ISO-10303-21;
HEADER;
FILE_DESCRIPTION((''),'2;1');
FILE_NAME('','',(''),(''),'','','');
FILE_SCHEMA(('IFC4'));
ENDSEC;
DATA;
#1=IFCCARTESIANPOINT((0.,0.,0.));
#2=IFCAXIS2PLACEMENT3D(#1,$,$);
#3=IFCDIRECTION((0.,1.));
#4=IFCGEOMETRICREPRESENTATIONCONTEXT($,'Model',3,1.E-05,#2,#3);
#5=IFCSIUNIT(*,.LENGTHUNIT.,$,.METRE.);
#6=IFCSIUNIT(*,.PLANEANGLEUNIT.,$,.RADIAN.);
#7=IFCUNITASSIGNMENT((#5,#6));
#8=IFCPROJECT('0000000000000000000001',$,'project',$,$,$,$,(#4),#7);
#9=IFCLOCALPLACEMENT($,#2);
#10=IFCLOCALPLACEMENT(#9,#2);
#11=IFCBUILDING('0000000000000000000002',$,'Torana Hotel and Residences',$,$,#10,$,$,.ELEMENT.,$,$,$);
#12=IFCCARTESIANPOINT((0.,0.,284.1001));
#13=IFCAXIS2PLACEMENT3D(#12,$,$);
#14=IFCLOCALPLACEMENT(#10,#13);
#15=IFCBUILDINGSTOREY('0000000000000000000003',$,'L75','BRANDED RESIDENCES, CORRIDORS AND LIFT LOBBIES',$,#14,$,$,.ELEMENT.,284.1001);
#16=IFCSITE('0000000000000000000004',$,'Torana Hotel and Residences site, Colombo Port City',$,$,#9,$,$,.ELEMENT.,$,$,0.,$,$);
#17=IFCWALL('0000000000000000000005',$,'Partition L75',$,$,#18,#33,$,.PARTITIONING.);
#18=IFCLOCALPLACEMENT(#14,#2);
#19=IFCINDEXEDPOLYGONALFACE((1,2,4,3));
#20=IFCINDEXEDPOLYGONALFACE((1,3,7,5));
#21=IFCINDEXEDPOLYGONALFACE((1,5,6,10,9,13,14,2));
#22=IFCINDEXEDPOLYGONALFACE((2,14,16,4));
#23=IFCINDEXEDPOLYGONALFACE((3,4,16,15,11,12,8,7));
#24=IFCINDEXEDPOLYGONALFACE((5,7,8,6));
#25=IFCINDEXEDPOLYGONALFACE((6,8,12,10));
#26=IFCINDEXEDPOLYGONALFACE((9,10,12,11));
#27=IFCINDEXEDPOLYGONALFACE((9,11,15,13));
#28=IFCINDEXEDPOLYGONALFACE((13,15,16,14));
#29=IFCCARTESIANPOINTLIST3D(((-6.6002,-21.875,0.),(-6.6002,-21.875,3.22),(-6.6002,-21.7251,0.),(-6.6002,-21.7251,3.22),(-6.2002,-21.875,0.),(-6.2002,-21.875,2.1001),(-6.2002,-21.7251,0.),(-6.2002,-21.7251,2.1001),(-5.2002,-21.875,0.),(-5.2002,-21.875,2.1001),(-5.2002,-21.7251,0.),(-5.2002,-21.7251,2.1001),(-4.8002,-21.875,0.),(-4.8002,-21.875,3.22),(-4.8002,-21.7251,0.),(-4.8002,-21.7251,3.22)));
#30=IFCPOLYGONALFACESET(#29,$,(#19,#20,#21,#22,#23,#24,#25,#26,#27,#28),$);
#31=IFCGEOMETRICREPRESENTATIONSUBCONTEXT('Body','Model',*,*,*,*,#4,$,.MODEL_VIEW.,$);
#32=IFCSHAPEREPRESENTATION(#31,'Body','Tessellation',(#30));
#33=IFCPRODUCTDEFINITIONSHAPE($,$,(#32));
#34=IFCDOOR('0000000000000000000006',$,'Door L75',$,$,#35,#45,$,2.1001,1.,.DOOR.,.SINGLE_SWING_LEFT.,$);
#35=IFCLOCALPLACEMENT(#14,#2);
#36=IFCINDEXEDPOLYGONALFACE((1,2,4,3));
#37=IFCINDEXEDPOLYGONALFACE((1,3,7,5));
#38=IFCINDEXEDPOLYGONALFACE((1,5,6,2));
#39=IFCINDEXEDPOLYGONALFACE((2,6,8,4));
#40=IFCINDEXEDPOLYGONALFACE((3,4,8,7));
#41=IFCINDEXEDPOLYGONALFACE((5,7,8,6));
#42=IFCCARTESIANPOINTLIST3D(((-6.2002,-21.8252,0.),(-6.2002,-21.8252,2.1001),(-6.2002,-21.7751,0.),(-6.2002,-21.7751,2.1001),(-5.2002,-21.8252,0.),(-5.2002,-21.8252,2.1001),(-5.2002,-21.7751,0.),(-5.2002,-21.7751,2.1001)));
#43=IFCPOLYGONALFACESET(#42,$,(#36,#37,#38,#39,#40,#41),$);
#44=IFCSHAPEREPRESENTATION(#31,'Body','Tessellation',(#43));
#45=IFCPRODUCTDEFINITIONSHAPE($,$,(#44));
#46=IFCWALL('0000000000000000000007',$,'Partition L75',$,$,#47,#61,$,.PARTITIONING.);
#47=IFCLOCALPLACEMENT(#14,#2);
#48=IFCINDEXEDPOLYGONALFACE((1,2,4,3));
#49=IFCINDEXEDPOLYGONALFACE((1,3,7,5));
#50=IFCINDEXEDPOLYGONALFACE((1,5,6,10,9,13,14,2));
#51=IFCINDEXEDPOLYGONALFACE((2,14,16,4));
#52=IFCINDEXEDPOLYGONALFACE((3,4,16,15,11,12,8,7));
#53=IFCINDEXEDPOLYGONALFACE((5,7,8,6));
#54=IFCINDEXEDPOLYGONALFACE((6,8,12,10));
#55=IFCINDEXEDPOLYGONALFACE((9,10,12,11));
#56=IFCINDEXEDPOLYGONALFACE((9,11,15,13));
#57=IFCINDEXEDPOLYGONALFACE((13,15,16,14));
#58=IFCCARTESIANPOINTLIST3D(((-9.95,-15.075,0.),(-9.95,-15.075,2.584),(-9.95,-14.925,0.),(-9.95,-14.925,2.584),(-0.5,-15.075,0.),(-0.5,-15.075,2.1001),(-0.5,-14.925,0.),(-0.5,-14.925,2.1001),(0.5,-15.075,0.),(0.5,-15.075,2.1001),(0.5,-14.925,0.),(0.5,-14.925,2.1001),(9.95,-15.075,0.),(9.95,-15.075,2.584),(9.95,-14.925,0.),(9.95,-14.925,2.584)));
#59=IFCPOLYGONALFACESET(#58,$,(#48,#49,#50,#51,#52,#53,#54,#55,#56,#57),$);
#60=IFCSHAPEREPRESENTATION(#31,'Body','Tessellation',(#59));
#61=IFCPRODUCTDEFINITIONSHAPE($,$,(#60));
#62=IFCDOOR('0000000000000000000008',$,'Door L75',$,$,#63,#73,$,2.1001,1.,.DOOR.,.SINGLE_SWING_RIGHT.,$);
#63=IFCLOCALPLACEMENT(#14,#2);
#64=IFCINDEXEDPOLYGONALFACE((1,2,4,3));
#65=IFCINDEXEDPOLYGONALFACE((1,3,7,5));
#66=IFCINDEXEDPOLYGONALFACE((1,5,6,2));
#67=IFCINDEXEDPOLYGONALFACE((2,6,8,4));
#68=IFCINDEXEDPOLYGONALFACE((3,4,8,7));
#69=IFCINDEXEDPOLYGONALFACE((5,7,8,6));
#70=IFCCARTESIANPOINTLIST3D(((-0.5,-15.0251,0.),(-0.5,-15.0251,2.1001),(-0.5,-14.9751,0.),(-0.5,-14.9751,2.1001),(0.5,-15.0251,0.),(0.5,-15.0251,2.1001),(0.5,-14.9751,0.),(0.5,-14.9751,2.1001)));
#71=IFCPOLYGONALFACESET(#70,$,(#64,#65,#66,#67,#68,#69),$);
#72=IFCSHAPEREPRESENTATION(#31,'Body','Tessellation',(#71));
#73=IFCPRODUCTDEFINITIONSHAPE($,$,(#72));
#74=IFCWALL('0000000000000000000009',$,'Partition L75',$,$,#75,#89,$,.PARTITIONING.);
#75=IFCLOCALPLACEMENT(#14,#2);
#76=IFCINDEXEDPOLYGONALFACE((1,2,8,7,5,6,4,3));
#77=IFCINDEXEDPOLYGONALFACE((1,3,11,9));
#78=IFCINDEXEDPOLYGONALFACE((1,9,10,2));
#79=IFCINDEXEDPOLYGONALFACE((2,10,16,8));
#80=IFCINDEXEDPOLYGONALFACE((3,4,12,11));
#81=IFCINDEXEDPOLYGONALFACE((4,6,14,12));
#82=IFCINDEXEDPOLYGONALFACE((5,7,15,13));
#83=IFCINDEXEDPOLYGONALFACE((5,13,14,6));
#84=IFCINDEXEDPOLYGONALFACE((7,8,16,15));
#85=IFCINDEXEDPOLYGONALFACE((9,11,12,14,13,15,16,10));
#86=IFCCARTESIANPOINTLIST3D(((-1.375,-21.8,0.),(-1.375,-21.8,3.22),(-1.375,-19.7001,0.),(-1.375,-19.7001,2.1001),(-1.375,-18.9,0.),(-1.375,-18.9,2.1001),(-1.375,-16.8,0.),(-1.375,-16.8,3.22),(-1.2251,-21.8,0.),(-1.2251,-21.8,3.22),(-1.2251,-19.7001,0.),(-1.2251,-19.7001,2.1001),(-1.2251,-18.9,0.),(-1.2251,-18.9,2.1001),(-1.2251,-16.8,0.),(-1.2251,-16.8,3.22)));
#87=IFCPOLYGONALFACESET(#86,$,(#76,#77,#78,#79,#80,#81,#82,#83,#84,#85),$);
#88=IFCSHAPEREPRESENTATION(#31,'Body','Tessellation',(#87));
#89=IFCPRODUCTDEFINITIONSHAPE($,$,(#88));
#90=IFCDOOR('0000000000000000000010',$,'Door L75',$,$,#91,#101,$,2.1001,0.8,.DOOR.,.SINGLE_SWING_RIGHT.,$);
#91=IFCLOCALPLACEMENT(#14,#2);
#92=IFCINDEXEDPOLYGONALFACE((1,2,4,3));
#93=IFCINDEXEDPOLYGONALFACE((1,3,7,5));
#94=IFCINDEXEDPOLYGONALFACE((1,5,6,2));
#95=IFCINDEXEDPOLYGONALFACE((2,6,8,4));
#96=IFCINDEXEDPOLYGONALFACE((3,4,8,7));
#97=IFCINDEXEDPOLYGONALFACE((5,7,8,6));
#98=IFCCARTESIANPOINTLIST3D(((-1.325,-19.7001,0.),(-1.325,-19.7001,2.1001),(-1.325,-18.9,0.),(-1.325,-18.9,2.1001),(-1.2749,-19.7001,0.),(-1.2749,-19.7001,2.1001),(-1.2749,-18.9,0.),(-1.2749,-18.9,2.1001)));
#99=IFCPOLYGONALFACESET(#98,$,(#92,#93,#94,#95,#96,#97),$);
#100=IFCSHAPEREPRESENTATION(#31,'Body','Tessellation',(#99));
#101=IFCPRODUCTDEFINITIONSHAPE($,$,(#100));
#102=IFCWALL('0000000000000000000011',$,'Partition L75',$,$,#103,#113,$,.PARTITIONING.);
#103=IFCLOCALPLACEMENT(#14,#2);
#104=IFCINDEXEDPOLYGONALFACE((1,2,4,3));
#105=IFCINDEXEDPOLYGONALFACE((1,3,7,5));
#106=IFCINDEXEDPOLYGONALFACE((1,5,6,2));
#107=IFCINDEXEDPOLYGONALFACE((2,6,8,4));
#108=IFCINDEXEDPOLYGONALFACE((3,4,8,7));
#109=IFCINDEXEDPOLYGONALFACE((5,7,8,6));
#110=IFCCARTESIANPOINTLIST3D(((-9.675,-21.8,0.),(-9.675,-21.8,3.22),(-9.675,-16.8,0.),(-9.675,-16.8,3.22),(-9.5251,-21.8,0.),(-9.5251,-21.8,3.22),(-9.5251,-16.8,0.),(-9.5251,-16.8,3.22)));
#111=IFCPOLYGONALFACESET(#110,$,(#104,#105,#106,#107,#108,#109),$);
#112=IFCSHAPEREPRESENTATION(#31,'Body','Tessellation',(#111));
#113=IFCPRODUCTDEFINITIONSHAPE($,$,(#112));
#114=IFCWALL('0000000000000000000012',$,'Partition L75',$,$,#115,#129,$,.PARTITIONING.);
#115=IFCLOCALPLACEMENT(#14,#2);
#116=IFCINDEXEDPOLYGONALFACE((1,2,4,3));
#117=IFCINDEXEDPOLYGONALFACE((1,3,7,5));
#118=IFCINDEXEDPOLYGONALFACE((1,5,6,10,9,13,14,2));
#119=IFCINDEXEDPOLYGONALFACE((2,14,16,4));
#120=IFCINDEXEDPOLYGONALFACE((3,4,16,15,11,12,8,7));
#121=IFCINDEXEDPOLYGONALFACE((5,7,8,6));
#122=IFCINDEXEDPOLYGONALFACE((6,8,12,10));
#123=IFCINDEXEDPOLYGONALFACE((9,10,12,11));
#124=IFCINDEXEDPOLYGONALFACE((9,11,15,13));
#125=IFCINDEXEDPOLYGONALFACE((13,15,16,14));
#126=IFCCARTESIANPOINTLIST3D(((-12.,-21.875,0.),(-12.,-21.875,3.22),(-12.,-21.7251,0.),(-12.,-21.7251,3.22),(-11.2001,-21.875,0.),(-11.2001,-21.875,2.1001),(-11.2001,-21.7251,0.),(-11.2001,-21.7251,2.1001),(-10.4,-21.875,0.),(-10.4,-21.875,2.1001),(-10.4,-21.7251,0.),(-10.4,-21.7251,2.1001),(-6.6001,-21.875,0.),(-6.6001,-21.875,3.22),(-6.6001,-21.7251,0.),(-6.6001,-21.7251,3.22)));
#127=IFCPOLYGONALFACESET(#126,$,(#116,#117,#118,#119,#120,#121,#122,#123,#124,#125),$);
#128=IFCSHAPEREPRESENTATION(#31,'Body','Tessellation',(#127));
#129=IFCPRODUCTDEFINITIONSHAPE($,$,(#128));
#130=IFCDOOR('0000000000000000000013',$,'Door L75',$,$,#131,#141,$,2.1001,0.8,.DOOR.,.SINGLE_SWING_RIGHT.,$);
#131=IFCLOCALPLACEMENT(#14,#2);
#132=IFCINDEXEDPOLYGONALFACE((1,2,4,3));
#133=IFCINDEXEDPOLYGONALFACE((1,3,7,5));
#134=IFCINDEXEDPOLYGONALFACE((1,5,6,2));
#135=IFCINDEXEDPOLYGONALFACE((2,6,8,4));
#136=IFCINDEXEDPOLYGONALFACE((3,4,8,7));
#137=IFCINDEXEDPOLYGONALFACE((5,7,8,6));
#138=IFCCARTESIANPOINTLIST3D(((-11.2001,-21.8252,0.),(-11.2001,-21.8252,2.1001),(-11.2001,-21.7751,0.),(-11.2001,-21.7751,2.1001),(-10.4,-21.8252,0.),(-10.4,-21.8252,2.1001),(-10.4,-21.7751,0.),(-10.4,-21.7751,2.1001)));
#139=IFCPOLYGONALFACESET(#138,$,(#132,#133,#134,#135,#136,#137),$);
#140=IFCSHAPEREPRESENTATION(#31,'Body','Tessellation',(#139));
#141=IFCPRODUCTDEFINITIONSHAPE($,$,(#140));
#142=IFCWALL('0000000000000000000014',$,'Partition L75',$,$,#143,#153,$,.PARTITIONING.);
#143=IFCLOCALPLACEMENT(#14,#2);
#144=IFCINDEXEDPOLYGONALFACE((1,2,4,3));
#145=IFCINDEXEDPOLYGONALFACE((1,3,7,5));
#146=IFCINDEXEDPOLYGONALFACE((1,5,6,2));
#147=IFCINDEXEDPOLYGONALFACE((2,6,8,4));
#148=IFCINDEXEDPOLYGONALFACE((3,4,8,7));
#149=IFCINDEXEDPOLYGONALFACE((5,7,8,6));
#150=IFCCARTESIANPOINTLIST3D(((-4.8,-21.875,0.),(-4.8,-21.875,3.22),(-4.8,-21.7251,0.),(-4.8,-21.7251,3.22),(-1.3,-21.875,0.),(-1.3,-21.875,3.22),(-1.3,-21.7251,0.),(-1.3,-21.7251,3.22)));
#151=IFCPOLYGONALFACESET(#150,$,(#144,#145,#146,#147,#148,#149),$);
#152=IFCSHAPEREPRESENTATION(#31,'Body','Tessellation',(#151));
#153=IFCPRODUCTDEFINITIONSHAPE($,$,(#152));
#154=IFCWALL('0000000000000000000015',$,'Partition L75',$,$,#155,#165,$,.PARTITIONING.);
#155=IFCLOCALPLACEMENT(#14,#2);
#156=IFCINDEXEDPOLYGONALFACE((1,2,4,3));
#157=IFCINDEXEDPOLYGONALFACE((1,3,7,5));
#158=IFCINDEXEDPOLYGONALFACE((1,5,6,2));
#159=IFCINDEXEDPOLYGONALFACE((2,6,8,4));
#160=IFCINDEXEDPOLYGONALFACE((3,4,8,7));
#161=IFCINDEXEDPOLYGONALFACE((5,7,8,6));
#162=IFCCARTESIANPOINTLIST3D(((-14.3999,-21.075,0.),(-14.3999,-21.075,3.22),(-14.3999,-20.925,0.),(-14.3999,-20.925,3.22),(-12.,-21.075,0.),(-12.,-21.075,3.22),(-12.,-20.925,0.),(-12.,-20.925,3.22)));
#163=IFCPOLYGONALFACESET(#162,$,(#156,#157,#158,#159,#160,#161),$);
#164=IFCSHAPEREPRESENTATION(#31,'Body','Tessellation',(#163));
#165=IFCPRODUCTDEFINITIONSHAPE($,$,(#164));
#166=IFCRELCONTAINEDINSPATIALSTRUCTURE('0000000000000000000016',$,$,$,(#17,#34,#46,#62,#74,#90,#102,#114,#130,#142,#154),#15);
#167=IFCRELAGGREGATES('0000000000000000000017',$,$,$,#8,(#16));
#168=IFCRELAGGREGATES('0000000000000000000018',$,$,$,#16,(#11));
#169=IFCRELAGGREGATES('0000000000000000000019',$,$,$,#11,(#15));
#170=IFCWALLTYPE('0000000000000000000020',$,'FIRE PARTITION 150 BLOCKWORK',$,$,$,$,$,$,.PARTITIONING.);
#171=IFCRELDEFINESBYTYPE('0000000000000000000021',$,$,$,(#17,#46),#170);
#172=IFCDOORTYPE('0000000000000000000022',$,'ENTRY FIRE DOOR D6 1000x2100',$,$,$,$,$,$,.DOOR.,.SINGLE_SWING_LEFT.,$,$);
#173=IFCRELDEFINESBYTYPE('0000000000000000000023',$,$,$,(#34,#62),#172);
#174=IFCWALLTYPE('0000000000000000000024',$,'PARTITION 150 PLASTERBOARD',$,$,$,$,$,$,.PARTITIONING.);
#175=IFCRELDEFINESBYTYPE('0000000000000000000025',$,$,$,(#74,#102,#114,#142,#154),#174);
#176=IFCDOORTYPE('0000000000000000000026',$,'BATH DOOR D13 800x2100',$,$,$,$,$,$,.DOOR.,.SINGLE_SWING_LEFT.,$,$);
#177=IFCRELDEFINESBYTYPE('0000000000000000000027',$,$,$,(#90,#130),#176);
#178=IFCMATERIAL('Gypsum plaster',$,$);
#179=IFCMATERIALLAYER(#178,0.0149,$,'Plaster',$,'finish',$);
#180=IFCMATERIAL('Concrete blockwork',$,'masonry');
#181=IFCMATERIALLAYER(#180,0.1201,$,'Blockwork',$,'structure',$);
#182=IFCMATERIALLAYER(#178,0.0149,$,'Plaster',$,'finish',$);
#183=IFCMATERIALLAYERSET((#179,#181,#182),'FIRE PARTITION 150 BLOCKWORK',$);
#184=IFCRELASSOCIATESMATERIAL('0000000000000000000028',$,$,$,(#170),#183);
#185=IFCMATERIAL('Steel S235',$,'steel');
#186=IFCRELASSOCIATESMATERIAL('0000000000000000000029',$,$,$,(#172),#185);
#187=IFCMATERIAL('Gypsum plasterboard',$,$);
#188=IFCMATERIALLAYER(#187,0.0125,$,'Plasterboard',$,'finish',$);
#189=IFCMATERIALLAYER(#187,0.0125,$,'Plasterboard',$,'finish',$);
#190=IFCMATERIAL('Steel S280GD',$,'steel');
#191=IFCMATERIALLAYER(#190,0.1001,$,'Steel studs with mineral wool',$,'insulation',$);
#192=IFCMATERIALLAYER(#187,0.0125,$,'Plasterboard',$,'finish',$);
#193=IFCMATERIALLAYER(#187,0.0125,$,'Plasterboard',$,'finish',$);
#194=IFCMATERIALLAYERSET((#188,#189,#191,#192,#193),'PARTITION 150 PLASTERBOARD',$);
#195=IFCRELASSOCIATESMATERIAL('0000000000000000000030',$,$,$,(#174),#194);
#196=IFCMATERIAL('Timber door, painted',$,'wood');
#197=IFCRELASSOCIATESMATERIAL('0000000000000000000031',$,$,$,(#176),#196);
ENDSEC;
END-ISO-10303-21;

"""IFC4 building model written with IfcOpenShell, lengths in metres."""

from ifc_helpers import new_model, si_unit, direction, frame, frame_2d, origin, place, context, subcontext, project, spatial, rectangle, extrude, material, layer, layer_set, type_object, element, fill, save


model = new_model("IFC4")

# Units and contexts
model_context = context("Model", 3, precision=1e-05, world=origin(), true_north=direction((0.0, 1.0)))
body_context = subcontext(model_context, "Body", "Model", "MODEL_VIEW")
ifc_project = project(units=[si_unit("LENGTHUNIT", "METRE"), si_unit("PLANEANGLEUNIT", "RADIAN")], contexts=[model_context])

# Site, building, storey
site_placement = place(None, origin())
site = spatial("IfcSite", under=ifc_project, at=site_placement, Name="Torana Hotel and Residences site, Colombo Port City", CompositionType="ELEMENT", RefElevation=0.0)
building_placement = place(site_placement, origin())
building = spatial("IfcBuilding", under=site, at=building_placement, Name="Torana Hotel and Residences", CompositionType="ELEMENT")
storey_placement = place(building_placement, frame((0.0, 0.0, 284.1001)))
storey = spatial("IfcBuildingStorey", under=building, at=storey_placement, Name="L75", Description="BRANDED RESIDENCES, CORRIDORS AND LIFT LOBBIES", CompositionType="ELEMENT", Elevation=284.1001)

# Shared definitions
ifc_material_1 = material(Name="Gypsum plaster")
ifc_layer_1 = layer(ifc_material_1, 0.0149, Name="Plaster", Category="finish")
ifc_material_2 = material(Name="Concrete blockwork", Category="masonry")
ifc_layer_2 = layer(ifc_material_2, 0.1201, Name="Blockwork", Category="structure")
ifc_layer_3 = layer(ifc_material_1, 0.0149, Name="Plaster", Category="finish")
ifc_layer_set_1 = layer_set([ifc_layer_1, ifc_layer_2, ifc_layer_3], Name="FIRE PARTITION 150 BLOCKWORK")
wall_type_1 = type_object("IfcWallType", Name="FIRE PARTITION 150 BLOCKWORK", PredefinedType="PARTITIONING", material=ifc_layer_set_1)

# Walls, openings, doors
ifc_material_3 = material(Name="Steel S235", Category="steel")
door_type_1 = type_object("IfcDoorType", Name="ENTRY FIRE DOOR D6 1000x2100", OperationType="SINGLE_SWING_LEFT", PredefinedType="DOOR", material=ifc_material_3)
wall_1_placement = place(storey_placement, frame((-6.6001, -21.8, 0.0), z_axis=(0.0, 0.0, 1.0), x_axis=(1.0, 0.0, 0.0)))
wall_1 = element("IfcWall", 1, at=wall_1_placement, inside=storey, type_object=wall_type_1, Name="Partition L75", PredefinedType="PARTITIONING", context=body_context, shape_type="SweptSolid", body=[
    extrude(rectangle(XDim=1.8, YDim=0.1499, at=frame_2d((0.8999, 0.0))), origin(), (0.0, 0.0, 1.0), 3.22),
])
opening_1_placement = place(wall_1_placement, frame((0.3999, 0.0, 0.0)))
opening_1 = element("IfcOpeningElement", 2, at=opening_1_placement, cuts=wall_1, PredefinedType="OPENING", context=body_context, shape_type="SweptSolid", body=[
    extrude(rectangle(XDim=1.0, YDim=2.1001, at=frame_2d((0.5, 1.05))), frame((0.0, 0.085, 0.0), z_axis=(0.0, -1.0, 0.0), x_axis=(1.0, 0.0, 0.0)), (0.0, 0.0, 1.0), 0.1699),
])
door_1_placement = place(opening_1_placement, frame((0.5, 0.0, 0.0), z_axis=(0.0, 0.0, 1.0), x_axis=(-1.0, 0.0, 0.0)))
door_1 = element("IfcDoor", 3, at=door_1_placement, inside=storey, type_object=door_type_1, Name="Door L75", OperationType="SINGLE_SWING_LEFT", OverallHeight=2.1001, OverallWidth=1.0, PredefinedType="DOOR", context=body_context, shape_type="SweptSolid", body=[
    extrude(rectangle(XDim=1.0, YDim=2.1001, at=frame_2d((0.0, 1.05))), frame((0.0, -0.0249, 0.0), z_axis=(0.0, 1.0, 0.0), x_axis=(-1.0, 0.0, 0.0)), (0.0, 0.0, 1.0), 0.05),
])
fill(opening_1, door_1)
wall_2_placement = place(storey_placement, frame((-9.95, -15.0, 0.0), z_axis=(0.0, 0.0, 1.0), x_axis=(1.0, 0.0, 0.0)))
wall_2 = element("IfcWall", 4, at=wall_2_placement, inside=storey, type_object=wall_type_1, Name="Partition L75", PredefinedType="PARTITIONING", context=body_context, shape_type="SweptSolid", body=[
    extrude(rectangle(XDim=19.8999, YDim=0.1499, at=frame_2d((9.95, 0.0))), origin(), (0.0, 0.0, 1.0), 2.584),
])
opening_2_placement = place(wall_2_placement, frame((9.45, 0.0, 0.0)))
opening_2 = element("IfcOpeningElement", 5, at=opening_2_placement, cuts=wall_2, PredefinedType="OPENING", context=body_context, shape_type="SweptSolid", body=[
    extrude(rectangle(XDim=1.0, YDim=2.1001, at=frame_2d((0.5, 1.05))), frame((0.0, 0.085, 0.0), z_axis=(0.0, -1.0, 0.0), x_axis=(1.0, 0.0, 0.0)), (0.0, 0.0, 1.0), 0.1699),
])
door_2_placement = place(opening_2_placement, origin())
door_2 = element("IfcDoor", 6, at=door_2_placement, inside=storey, type_object=door_type_1, Name="Door L75", OperationType="SINGLE_SWING_RIGHT", OverallHeight=2.1001, OverallWidth=1.0, PredefinedType="DOOR", context=body_context, shape_type="SweptSolid", body=[
    extrude(rectangle(XDim=1.0, YDim=2.1001, at=frame_2d((0.5, 1.05))), frame((0.0, 0.0249, 0.0), z_axis=(0.0, -1.0, 0.0), x_axis=(1.0, 0.0, 0.0)), (0.0, 0.0, 1.0), 0.05),
])
fill(opening_2, door_2)
ifc_material_4 = material(Name="Gypsum plasterboard")
ifc_layer_4 = layer(ifc_material_4, 0.0125, Name="Plasterboard", Category="finish")
ifc_layer_5 = layer(ifc_material_4, 0.0125, Name="Plasterboard", Category="finish")
ifc_material_5 = material(Name="Steel S280GD", Category="steel")
ifc_layer_6 = layer(ifc_material_5, 0.1001, Name="Steel studs with mineral wool", Category="insulation")
ifc_layer_7 = layer(ifc_material_4, 0.0125, Name="Plasterboard", Category="finish")
ifc_layer_8 = layer(ifc_material_4, 0.0125, Name="Plasterboard", Category="finish")
ifc_layer_set_2 = layer_set([ifc_layer_4, ifc_layer_5, ifc_layer_6, ifc_layer_7, ifc_layer_8], Name="PARTITION 150 PLASTERBOARD")
wall_type_2 = type_object("IfcWallType", Name="PARTITION 150 PLASTERBOARD", PredefinedType="PARTITIONING", material=ifc_layer_set_2)
wall_3_placement = place(storey_placement, frame((-1.3, -21.8, 0.0), z_axis=(0.0, 0.0, 1.0), x_axis=(0.0, 1.0, 0.0)))
wall_3 = element("IfcWall", 7, at=wall_3_placement, inside=storey, type_object=wall_type_2, Name="Partition L75", PredefinedType="PARTITIONING", context=body_context, shape_type="SweptSolid", body=[
    extrude(rectangle(XDim=5.0, YDim=0.1499, at=frame_2d((2.5, 0.0))), origin(), (0.0, 0.0, 1.0), 3.22),
])
opening_3_placement = place(wall_3_placement, frame((2.1001, 0.0, 0.0)))
opening_3 = element("IfcOpeningElement", 8, at=opening_3_placement, cuts=wall_3, PredefinedType="OPENING", context=body_context, shape_type="SweptSolid", body=[
    extrude(rectangle(XDim=0.8, YDim=2.1001, at=frame_2d((0.3999, 1.05))), frame((0.0, 0.085, 0.0), z_axis=(0.0, -1.0, 0.0), x_axis=(1.0, 0.0, 0.0)), (0.0, 0.0, 1.0), 0.1699),
])
ifc_material_6 = material(Name="Timber door, painted", Category="wood")
door_type_2 = type_object("IfcDoorType", Name="BATH DOOR D13 800x2100", OperationType="SINGLE_SWING_LEFT", PredefinedType="DOOR", material=ifc_material_6)
door_3_placement = place(opening_3_placement, origin())
door_3 = element("IfcDoor", 9, at=door_3_placement, inside=storey, type_object=door_type_2, Name="Door L75", OperationType="SINGLE_SWING_RIGHT", OverallHeight=2.1001, OverallWidth=0.8, PredefinedType="DOOR", context=body_context, shape_type="SweptSolid", body=[
    extrude(rectangle(XDim=0.8, YDim=2.1001, at=frame_2d((0.3999, 1.05))), frame((0.0, 0.0249, 0.0), z_axis=(0.0, -1.0, 0.0), x_axis=(1.0, 0.0, 0.0)), (0.0, 0.0, 1.0), 0.05),
])
fill(opening_3, door_3)

# Wall
wall_4_placement = place(storey_placement, frame((-9.6001, -21.8, 0.0), z_axis=(0.0, 0.0, 1.0), x_axis=(0.0, 1.0, 0.0)))
element("IfcWall", 10, at=wall_4_placement, inside=storey, type_object=wall_type_2, Name="Partition L75", PredefinedType="PARTITIONING", context=body_context, shape_type="SweptSolid", body=[
    extrude(rectangle(XDim=5.0, YDim=0.1499, at=frame_2d((2.5, 0.0))), origin(), (0.0, 0.0, 1.0), 3.22),
])

# Wall, opening, door
wall_5_placement = place(storey_placement, frame((-12.0, -21.8, 0.0), z_axis=(0.0, 0.0, 1.0), x_axis=(1.0, 0.0, 0.0)))
wall_5 = element("IfcWall", 11, at=wall_5_placement, inside=storey, type_object=wall_type_2, Name="Partition L75", PredefinedType="PARTITIONING", context=body_context, shape_type="SweptSolid", body=[
    extrude(rectangle(XDim=5.3999, YDim=0.1499, at=frame_2d((2.7, 0.0))), origin(), (0.0, 0.0, 1.0), 3.22),
])
opening_4_placement = place(wall_5_placement, frame((0.8, 0.0, 0.0)))
opening_4 = element("IfcOpeningElement", 12, at=opening_4_placement, cuts=wall_5, PredefinedType="OPENING", context=body_context, shape_type="SweptSolid", body=[
    extrude(rectangle(XDim=0.8, YDim=2.1001, at=frame_2d((0.3999, 1.05))), frame((0.0, 0.085, 0.0), z_axis=(0.0, -1.0, 0.0), x_axis=(1.0, 0.0, 0.0)), (0.0, 0.0, 1.0), 0.1699),
])
door_4_placement = place(opening_4_placement, origin())
door_4 = element("IfcDoor", 13, at=door_4_placement, inside=storey, type_object=door_type_2, Name="Door L75", OperationType="SINGLE_SWING_RIGHT", OverallHeight=2.1001, OverallWidth=0.8, PredefinedType="DOOR", context=body_context, shape_type="SweptSolid", body=[
    extrude(rectangle(XDim=0.8, YDim=2.1001, at=frame_2d((0.3999, 1.05))), frame((0.0, 0.0249, 0.0), z_axis=(0.0, -1.0, 0.0), x_axis=(1.0, 0.0, 0.0)), (0.0, 0.0, 1.0), 0.05),
])
fill(opening_4, door_4)

# Walls
wall_6_placement = place(storey_placement, frame((-4.8, -21.8, 0.0), z_axis=(0.0, 0.0, 1.0), x_axis=(1.0, 0.0, 0.0)))
element("IfcWall", 14, at=wall_6_placement, inside=storey, type_object=wall_type_2, Name="Partition L75", PredefinedType="PARTITIONING", context=body_context, shape_type="SweptSolid", body=[
    extrude(rectangle(XDim=3.5, YDim=0.1499, at=frame_2d((1.75, 0.0))), origin(), (0.0, 0.0, 1.0), 3.22),
])
wall_7_placement = place(storey_placement, frame((-14.3999, -21.0, 0.0), z_axis=(0.0, 0.0, 1.0), x_axis=(1.0, 0.0, 0.0)))
element("IfcWall", 15, at=wall_7_placement, inside=storey, type_object=wall_type_2, Name="Partition L75", PredefinedType="PARTITIONING", context=body_context, shape_type="SweptSolid", body=[
    extrude(rectangle(XDim=2.3999, YDim=0.1499, at=frame_2d((1.2, 0.0))), origin(), (0.0, 0.0, 1.0), 3.22),
])

save(model, "model.ifc")
